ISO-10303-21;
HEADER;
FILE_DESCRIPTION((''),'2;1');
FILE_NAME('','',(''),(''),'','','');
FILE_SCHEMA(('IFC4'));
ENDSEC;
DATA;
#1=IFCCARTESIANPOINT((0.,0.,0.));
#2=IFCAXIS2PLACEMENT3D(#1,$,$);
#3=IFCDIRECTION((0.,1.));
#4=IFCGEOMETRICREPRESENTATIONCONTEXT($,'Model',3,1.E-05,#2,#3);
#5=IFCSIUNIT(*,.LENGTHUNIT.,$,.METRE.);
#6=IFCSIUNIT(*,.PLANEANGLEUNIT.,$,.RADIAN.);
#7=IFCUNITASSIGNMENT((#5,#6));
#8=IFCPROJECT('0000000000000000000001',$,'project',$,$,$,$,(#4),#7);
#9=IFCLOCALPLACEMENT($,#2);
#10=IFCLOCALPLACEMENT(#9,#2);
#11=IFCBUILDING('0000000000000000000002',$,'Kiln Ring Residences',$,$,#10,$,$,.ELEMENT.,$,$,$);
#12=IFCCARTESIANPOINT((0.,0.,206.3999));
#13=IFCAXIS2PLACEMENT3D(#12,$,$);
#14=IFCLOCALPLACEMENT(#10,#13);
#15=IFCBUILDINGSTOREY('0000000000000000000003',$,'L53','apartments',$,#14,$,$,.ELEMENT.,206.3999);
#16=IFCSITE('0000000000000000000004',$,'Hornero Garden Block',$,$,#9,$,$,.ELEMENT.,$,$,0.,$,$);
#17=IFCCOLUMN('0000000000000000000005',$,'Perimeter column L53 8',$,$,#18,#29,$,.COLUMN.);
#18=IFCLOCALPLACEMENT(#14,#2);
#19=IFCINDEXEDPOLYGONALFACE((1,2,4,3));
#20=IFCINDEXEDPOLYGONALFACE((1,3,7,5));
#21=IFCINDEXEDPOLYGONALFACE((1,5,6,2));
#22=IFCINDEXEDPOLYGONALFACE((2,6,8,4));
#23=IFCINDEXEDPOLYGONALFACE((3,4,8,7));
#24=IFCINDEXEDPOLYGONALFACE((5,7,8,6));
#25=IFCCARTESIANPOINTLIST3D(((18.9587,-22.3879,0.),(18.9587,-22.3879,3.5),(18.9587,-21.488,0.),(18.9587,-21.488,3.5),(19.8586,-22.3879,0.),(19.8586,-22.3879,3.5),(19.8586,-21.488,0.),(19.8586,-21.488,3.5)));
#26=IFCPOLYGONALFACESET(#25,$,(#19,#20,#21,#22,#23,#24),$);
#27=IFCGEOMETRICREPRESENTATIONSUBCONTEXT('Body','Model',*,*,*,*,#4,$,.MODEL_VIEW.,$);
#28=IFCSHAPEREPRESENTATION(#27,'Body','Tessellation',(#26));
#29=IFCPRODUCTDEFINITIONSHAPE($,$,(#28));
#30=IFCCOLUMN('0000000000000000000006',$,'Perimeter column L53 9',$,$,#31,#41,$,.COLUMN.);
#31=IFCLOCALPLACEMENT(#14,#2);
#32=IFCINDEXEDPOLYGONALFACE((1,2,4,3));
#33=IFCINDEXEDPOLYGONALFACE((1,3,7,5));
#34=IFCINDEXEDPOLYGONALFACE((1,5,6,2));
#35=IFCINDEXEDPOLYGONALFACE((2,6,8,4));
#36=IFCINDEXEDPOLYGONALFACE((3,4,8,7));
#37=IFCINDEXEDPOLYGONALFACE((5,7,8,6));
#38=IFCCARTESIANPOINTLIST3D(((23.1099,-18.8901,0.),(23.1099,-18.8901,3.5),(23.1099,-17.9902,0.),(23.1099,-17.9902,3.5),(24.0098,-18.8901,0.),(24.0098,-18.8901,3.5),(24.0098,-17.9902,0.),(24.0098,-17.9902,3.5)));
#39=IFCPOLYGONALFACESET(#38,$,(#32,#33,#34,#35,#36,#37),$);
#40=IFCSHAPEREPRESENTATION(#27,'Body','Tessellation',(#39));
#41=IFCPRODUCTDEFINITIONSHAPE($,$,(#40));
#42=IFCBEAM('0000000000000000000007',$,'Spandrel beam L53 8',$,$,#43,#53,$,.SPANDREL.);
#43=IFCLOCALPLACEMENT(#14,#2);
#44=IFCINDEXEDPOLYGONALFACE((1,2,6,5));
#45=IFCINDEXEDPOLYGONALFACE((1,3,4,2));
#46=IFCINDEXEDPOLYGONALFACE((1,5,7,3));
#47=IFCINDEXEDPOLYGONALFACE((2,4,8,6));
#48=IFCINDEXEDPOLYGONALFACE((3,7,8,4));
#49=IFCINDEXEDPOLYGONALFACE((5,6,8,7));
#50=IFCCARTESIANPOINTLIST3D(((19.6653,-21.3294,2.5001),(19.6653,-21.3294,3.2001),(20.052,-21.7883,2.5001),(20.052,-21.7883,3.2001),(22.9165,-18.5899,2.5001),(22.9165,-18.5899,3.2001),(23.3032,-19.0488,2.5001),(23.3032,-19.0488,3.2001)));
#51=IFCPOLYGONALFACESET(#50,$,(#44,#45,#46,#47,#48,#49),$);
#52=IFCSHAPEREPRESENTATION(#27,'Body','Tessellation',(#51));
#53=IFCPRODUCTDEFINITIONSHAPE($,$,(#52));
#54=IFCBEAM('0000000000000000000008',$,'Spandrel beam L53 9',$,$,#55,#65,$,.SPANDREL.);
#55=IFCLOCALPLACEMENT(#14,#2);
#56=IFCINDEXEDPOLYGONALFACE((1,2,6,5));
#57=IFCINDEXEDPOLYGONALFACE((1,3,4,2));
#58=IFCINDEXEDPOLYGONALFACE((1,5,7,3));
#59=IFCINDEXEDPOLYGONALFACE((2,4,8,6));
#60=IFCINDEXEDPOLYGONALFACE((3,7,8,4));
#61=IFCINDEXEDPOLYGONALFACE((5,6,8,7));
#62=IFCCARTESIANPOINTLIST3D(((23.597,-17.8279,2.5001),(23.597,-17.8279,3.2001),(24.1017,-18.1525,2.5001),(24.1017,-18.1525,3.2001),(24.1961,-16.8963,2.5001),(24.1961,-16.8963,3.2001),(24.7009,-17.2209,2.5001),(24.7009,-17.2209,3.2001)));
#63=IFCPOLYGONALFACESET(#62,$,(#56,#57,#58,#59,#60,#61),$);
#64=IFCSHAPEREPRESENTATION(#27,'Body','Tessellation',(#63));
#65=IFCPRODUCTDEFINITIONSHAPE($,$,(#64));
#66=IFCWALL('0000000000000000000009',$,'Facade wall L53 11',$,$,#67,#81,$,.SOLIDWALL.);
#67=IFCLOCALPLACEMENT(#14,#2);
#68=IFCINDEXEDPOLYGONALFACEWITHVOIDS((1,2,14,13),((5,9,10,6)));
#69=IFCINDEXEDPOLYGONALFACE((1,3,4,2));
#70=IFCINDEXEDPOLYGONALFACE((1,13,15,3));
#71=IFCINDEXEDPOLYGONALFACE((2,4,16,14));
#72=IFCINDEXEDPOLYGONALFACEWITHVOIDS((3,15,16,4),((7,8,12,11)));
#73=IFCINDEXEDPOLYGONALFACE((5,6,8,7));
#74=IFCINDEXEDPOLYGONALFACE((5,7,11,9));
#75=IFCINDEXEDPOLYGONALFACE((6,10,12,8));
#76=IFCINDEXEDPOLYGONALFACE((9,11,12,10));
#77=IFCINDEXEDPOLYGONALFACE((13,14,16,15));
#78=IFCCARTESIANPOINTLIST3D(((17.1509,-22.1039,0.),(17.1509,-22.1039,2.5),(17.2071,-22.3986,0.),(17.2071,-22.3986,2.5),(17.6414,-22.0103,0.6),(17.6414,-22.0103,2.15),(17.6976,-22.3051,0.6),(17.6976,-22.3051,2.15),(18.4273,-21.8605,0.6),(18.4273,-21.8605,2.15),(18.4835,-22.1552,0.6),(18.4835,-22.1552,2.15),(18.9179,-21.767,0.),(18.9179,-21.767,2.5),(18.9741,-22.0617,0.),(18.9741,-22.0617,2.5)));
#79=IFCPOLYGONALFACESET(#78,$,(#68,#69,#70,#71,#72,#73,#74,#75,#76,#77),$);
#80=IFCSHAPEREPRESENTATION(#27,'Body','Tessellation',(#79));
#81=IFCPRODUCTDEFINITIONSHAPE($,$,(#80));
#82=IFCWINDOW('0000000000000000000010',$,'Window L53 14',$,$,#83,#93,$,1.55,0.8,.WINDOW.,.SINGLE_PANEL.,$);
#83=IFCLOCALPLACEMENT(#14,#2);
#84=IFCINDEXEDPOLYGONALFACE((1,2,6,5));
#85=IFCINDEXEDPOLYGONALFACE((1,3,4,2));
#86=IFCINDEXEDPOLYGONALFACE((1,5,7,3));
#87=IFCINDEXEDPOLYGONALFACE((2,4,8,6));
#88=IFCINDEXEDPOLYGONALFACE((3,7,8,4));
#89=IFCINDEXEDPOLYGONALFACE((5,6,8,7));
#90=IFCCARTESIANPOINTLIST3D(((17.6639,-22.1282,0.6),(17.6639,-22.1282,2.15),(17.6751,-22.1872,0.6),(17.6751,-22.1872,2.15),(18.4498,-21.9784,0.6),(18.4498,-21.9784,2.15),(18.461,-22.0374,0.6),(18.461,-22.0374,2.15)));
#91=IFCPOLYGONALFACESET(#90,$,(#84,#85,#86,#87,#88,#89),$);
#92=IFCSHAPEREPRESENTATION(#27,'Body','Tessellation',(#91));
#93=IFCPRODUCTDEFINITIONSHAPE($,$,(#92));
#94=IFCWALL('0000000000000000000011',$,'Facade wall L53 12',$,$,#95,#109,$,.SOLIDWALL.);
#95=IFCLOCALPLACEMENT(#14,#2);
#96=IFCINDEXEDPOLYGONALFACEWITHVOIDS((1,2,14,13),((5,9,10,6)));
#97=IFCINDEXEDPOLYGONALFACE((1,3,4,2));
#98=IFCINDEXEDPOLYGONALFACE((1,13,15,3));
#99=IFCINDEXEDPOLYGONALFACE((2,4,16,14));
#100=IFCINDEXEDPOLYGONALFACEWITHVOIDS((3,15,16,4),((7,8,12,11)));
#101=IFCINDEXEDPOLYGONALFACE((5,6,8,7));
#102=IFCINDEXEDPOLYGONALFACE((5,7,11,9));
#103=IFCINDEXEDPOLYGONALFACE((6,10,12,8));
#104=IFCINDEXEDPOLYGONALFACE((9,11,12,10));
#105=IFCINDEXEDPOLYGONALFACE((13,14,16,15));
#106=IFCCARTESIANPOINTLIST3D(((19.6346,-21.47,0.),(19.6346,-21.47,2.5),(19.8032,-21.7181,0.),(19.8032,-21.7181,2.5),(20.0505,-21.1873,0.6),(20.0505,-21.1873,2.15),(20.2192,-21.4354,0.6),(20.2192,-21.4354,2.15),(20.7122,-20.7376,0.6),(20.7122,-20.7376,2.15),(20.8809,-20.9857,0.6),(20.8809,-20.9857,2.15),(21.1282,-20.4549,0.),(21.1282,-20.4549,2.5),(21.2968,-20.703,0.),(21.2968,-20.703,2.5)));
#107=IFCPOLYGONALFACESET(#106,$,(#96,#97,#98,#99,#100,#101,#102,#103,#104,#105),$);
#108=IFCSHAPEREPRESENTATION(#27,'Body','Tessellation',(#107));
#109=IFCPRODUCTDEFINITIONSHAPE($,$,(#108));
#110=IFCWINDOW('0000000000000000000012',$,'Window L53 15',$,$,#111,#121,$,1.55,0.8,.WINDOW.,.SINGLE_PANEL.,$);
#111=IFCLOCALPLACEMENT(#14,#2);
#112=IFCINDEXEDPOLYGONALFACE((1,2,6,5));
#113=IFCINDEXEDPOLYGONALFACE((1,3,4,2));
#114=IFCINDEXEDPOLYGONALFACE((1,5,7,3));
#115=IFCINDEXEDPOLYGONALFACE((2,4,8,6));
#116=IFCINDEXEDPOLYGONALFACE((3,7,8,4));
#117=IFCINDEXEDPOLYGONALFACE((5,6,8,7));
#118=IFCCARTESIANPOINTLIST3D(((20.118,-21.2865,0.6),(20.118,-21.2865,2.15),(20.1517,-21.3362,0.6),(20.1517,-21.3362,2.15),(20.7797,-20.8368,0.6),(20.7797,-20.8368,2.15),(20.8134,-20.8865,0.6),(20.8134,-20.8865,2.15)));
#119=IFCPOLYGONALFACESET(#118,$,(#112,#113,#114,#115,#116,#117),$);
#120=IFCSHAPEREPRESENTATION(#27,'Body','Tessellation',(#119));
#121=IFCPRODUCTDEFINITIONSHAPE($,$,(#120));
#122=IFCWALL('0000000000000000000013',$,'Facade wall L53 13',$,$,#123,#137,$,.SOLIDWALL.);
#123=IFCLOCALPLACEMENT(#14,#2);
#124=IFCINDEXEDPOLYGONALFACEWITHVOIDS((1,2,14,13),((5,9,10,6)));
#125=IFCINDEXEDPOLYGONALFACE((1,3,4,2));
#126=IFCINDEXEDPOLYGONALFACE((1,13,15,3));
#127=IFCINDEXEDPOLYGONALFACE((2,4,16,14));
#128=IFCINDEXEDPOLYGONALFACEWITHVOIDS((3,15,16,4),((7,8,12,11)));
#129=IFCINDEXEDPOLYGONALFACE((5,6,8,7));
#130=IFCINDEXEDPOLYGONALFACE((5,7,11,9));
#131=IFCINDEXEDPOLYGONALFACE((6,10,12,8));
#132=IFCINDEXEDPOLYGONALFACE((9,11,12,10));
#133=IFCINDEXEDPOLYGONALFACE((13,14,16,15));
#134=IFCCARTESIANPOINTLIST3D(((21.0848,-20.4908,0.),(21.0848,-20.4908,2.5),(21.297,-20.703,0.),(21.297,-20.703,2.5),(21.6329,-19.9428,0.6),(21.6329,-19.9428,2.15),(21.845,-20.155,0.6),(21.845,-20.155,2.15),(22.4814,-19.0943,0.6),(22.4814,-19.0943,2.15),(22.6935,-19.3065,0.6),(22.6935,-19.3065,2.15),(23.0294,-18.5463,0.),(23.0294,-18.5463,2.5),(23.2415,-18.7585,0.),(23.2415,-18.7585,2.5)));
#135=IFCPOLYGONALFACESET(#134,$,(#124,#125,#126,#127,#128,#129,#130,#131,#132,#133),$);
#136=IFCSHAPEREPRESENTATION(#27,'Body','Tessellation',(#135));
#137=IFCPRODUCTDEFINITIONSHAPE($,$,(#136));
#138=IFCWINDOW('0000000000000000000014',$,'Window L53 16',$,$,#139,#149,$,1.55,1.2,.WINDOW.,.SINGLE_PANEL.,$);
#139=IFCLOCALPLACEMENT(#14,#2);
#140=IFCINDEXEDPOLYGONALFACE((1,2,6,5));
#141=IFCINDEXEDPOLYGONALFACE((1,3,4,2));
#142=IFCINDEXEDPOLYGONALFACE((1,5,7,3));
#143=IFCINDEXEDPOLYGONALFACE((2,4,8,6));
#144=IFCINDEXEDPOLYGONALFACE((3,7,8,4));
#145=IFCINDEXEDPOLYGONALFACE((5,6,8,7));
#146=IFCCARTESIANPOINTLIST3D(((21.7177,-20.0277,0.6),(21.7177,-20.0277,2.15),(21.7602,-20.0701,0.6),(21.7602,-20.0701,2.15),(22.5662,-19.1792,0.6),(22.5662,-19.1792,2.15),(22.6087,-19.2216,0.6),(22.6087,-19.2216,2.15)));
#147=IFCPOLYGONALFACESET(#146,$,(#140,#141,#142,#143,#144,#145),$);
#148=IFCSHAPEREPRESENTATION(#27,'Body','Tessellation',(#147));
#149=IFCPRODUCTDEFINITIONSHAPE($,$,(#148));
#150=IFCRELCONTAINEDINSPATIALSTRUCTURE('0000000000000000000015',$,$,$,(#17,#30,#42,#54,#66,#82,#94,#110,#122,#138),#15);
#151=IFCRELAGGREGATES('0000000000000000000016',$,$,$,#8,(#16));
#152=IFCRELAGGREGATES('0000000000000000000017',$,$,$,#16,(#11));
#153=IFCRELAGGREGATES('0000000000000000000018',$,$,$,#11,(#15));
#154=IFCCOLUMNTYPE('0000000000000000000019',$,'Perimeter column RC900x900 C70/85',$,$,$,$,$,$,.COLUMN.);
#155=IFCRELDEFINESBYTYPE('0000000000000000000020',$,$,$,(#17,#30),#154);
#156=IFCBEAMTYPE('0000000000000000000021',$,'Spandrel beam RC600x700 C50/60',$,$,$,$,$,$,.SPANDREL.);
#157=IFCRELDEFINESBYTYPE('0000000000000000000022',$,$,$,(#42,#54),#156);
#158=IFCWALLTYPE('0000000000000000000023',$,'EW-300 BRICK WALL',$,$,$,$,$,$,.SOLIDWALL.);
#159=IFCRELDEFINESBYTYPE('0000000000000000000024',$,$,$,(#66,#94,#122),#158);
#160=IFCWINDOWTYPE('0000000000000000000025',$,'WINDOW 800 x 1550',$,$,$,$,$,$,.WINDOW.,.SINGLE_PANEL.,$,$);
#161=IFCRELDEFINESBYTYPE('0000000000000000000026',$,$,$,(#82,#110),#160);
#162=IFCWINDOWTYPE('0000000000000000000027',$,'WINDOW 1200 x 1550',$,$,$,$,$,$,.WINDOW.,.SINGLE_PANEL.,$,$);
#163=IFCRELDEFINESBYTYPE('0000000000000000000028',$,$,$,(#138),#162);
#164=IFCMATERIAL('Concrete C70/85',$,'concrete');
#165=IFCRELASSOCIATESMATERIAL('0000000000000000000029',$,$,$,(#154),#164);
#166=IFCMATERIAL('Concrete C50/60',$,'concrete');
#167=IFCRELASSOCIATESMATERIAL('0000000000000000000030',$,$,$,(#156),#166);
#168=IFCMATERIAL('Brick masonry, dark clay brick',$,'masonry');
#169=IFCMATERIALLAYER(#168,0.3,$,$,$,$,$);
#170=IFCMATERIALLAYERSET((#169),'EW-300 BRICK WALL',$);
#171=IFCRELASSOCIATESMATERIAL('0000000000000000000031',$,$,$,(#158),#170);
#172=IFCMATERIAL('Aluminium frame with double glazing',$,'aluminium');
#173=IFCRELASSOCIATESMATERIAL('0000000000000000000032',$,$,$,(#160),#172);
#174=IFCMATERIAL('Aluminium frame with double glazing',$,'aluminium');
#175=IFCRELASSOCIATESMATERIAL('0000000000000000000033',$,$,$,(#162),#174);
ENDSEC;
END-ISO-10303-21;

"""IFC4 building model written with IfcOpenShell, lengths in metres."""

from ifc_helpers import new_model, si_unit, direction, frame, frame_2d, origin, origin_2d, place, context, subcontext, project, spatial, rectangle, extrude, material, layer, layer_set, material_profile, profile_set, type_object, element, fill, save


model = new_model("IFC4")

# Units and contexts
model_context = context("Model", 3, precision=1e-05, world=origin(), true_north=direction((0.0, 1.0)))
body_context = subcontext(model_context, "Body", "Model", "MODEL_VIEW")
ifc_project = project(units=[si_unit("LENGTHUNIT", "METRE"), si_unit("PLANEANGLEUNIT", "RADIAN")], contexts=[model_context])

# Site, building, storey
site_placement = place(None, origin())
site = spatial("IfcSite", under=ifc_project, at=site_placement, Name="Hornero Garden Block", CompositionType="ELEMENT", RefElevation=0.0)
building_placement = place(site_placement, origin())
building = spatial("IfcBuilding", under=site, at=building_placement, Name="Kiln Ring Residences", CompositionType="ELEMENT")
storey_placement = place(building_placement, frame((0.0, 0.0, 206.3999)))
storey = spatial("IfcBuildingStorey", under=building, at=storey_placement, Name="L53", Description="apartments", CompositionType="ELEMENT", Elevation=206.3999)

# Columns
ifc_material_1 = material(Name="Concrete C70/85", Category="concrete")
ifc_material_profile_1 = material_profile(ifc_material_1, rectangle(XDim=0.8999, YDim=0.8999, at=origin_2d()), Name="RC900x900")
ifc_profile_set_1 = profile_set([ifc_material_profile_1], Name="Concrete C70/85")
column_type = type_object("IfcColumnType", Name="Perimeter column RC900x900 C70/85", PredefinedType="COLUMN", material=ifc_profile_set_1)
for number, where, z_axis, x_axis, name in (
    (1, (19.4087, -21.938, 0.0), (0.0, 0.0, 1.0), (1.0, 0.0, 0.0), "Perimeter column L53 8"),
    (2, (23.5598, -18.4402, 0.0), (0.0, 0.0, 1.0), (1.0, 0.0, 0.0), "Perimeter column L53 9"),
):
    element("IfcColumn", number, at=place(storey_placement, frame(where, z_axis=z_axis, x_axis=x_axis)), inside=storey, type_object=column_type, Name=name, PredefinedType="COLUMN", context=body_context, shape_type="SweptSolid", body=[
        extrude(rectangle(XDim=0.8999, YDim=0.8999, at=origin_2d()), origin(), (0.0, 0.0, 1.0), 3.5),
    ])

# Beams
ifc_material_2 = material(Name="Concrete C50/60", Category="concrete")
ifc_material_profile_2 = material_profile(ifc_material_2, rectangle(XDim=0.6001, YDim=0.7, at=origin_2d()), Name="RC600x700")
ifc_profile_set_2 = profile_set([ifc_material_profile_2], Name="Concrete C50/60")
beam_type = type_object("IfcBeamType", Name="Spandrel beam RC600x700 C50/60", PredefinedType="SPANDREL", material=ifc_profile_set_2)
beam_1_placement = place(storey_placement, frame((19.8586, -21.5588, 2.8501), z_axis=(0.764722, 0.64436, 0.0), x_axis=(-0.64436, 0.764722, 0.0)))
element("IfcBeam", 3, at=beam_1_placement, inside=storey, type_object=beam_type, Name="Spandrel beam L53 8", PredefinedType="SPANDREL", context=body_context, shape_type="SweptSolid", body=[
    extrude(rectangle(XDim=0.6001, YDim=0.7, at=origin_2d()), origin(), (0.0, 0.0, 1.0), 4.2515),
])
beam_2_placement = place(storey_placement, frame((23.8494, -17.9902, 2.8501), z_axis=(0.540891, 0.841093, 0.0), x_axis=(-0.841093, 0.540891, 0.0)))
element("IfcBeam", 4, at=beam_2_placement, inside=storey, type_object=beam_type, Name="Spandrel beam L53 9", PredefinedType="SPANDREL", context=body_context, shape_type="SweptSolid", body=[
    extrude(rectangle(XDim=0.6001, YDim=0.7, at=origin_2d()), origin(), (0.0, 0.0, 1.0), 1.1077),
])

# Walls, openings, windows
ifc_material_3 = material(Name="Brick masonry, dark clay brick", Category="masonry")
ifc_layer_1 = layer(ifc_material_3, 0.3)
ifc_layer_set_1 = layer_set([ifc_layer_1], Name="EW-300 BRICK WALL")
wall_type_1 = type_object("IfcWallType", Name="EW-300 BRICK WALL", PredefinedType="SOLIDWALL", material=ifc_layer_set_1)
wall_1_placement = place(storey_placement, frame((17.179, -22.2512, 0.0), z_axis=(0.0, 0.0, 1.0), x_axis=(0.982305, 0.187287, 0.0)))
wall_1 = element("IfcWall", 5, at=wall_1_placement, inside=storey, type_object=wall_type_1, Name="Facade wall L53 11", PredefinedType="SOLIDWALL", context=body_context, shape_type="SweptSolid", body=[
    extrude(rectangle(XDim=1.7988, YDim=0.3, at=frame_2d((0.8994, 0.0))), origin(), (0.0, 0.0, 1.0), 2.5),
])
opening_1_placement = place(wall_1_placement, frame((0.4995, 0.0, 0.6001)))
opening_1 = element("IfcOpeningElement", 6, at=opening_1_placement, cuts=wall_1, PredefinedType="OPENING", context=body_context, shape_type="SweptSolid", body=[
    extrude(rectangle(XDim=0.8, YDim=1.55, at=frame_2d((0.3999, 0.7749))), frame((0.0, 0.1599, 0.0), z_axis=(0.0, -1.0, 0.0), x_axis=(1.0, 0.0, 0.0)), (0.0, 0.0, 1.0), 0.3201),
])
ifc_material_4 = material(Name="Aluminium frame with double glazing", Category="aluminium")
window_type_1 = type_object("IfcWindowType", Name="WINDOW 800 x 1550", PartitioningType="SINGLE_PANEL", PredefinedType="WINDOW", material=ifc_material_4)
window_1_placement = place(opening_1_placement, origin())
window_1 = element("IfcWindow", 7, at=window_1_placement, inside=storey, type_object=window_type_1, Name="Window L53 14", OverallHeight=1.55, OverallWidth=0.8, PartitioningType="SINGLE_PANEL", PredefinedType="WINDOW", context=body_context, shape_type="SweptSolid", body=[
    extrude(rectangle(XDim=0.8, YDim=1.55, at=frame_2d((0.3999, 0.7749))), frame((0.0, 0.03, 0.0), z_axis=(0.0, -1.0, 0.0), x_axis=(1.0, 0.0, 0.0)), (0.0, 0.0, 1.0), 0.0601),
])
fill(opening_1, window_1)
wall_2_placement = place(storey_placement, frame((19.719, -21.594, 0.0), z_axis=(0.0, 0.0, 1.0), x_axis=(0.827067, 0.562103, 0.0)))
wall_2 = element("IfcWall", 8, at=wall_2_placement, inside=storey, type_object=wall_type_1, Name="Facade wall L53 12", PredefinedType="SOLIDWALL", context=body_context, shape_type="SweptSolid", body=[
    extrude(rectangle(XDim=1.8059, YDim=0.3, at=frame_2d((0.9028, 0.0))), origin(), (0.0, 0.0, 1.0), 2.5),
])
opening_2_placement = place(wall_2_placement, frame((0.5029, 0.0, 0.6001)))
opening_2 = element("IfcOpeningElement", 9, at=opening_2_placement, cuts=wall_2, PredefinedType="OPENING", context=body_context, shape_type="SweptSolid", body=[
    extrude(rectangle(XDim=0.8, YDim=1.55, at=frame_2d((0.3999, 0.7749))), frame((0.0, 0.1599, 0.0), z_axis=(0.0, -1.0, 0.0), x_axis=(1.0, 0.0, 0.0)), (0.0, 0.0, 1.0), 0.3201),
])
window_2_placement = place(opening_2_placement, origin())
window_2 = element("IfcWindow", 10, at=window_2_placement, inside=storey, type_object=window_type_1, Name="Window L53 15", OverallHeight=1.55, OverallWidth=0.8, PartitioningType="SINGLE_PANEL", PredefinedType="WINDOW", context=body_context, shape_type="SweptSolid", body=[
    extrude(rectangle(XDim=0.8, YDim=1.55, at=frame_2d((0.3999, 0.7749))), frame((0.0, 0.03, 0.0), z_axis=(0.0, -1.0, 0.0), x_axis=(1.0, 0.0, 0.0)), (0.0, 0.0, 1.0), 0.0601),
])
fill(opening_2, window_2)
wall_3_placement = place(storey_placement, frame((21.1909, -20.5969, 0.0), z_axis=(0.0, 0.0, 1.0), x_axis=(0.707107, 0.707107, 0.0)))
wall_3 = element("IfcWall", 11, at=wall_3_placement, inside=storey, type_object=wall_type_1, Name="Facade wall L53 13", PredefinedType="SOLIDWALL", context=body_context, shape_type="SweptSolid", body=[
    extrude(rectangle(XDim=2.75, YDim=0.3, at=frame_2d((1.375, 0.0))), origin(), (0.0, 0.0, 1.0), 2.5),
])
opening_3_placement = place(wall_3_placement, frame((0.7749, 0.0, 0.6001)))
opening_3 = element("IfcOpeningElement", 12, at=opening_3_placement, cuts=wall_3, PredefinedType="OPENING", context=body_context, shape_type="SweptSolid", body=[
    extrude(rectangle(XDim=1.2, YDim=1.55, at=frame_2d((0.6001, 0.7749))), frame((0.0, 0.1599, 0.0), z_axis=(0.0, -1.0, 0.0), x_axis=(1.0, 0.0, 0.0)), (0.0, 0.0, 1.0), 0.3201),
])
ifc_material_5 = material(Name="Aluminium frame with double glazing", Category="aluminium")
window_type_2 = type_object("IfcWindowType", Name="WINDOW 1200 x 1550", PartitioningType="SINGLE_PANEL", PredefinedType="WINDOW", material=ifc_material_5)
window_3_placement = place(opening_3_placement, origin())
window_3 = element("IfcWindow", 13, at=window_3_placement, inside=storey, type_object=window_type_2, Name="Window L53 16", OverallHeight=1.55, OverallWidth=1.2, PartitioningType="SINGLE_PANEL", PredefinedType="WINDOW", context=body_context, shape_type="SweptSolid", body=[
    extrude(rectangle(XDim=1.2, YDim=1.55, at=frame_2d((0.6001, 0.7749))), frame((0.0, 0.03, 0.0), z_axis=(0.0, -1.0, 0.0), x_axis=(1.0, 0.0, 0.0)), (0.0, 0.0, 1.0), 0.0601),
])
fill(opening_3, window_3)

save(model, "model.ifc")
